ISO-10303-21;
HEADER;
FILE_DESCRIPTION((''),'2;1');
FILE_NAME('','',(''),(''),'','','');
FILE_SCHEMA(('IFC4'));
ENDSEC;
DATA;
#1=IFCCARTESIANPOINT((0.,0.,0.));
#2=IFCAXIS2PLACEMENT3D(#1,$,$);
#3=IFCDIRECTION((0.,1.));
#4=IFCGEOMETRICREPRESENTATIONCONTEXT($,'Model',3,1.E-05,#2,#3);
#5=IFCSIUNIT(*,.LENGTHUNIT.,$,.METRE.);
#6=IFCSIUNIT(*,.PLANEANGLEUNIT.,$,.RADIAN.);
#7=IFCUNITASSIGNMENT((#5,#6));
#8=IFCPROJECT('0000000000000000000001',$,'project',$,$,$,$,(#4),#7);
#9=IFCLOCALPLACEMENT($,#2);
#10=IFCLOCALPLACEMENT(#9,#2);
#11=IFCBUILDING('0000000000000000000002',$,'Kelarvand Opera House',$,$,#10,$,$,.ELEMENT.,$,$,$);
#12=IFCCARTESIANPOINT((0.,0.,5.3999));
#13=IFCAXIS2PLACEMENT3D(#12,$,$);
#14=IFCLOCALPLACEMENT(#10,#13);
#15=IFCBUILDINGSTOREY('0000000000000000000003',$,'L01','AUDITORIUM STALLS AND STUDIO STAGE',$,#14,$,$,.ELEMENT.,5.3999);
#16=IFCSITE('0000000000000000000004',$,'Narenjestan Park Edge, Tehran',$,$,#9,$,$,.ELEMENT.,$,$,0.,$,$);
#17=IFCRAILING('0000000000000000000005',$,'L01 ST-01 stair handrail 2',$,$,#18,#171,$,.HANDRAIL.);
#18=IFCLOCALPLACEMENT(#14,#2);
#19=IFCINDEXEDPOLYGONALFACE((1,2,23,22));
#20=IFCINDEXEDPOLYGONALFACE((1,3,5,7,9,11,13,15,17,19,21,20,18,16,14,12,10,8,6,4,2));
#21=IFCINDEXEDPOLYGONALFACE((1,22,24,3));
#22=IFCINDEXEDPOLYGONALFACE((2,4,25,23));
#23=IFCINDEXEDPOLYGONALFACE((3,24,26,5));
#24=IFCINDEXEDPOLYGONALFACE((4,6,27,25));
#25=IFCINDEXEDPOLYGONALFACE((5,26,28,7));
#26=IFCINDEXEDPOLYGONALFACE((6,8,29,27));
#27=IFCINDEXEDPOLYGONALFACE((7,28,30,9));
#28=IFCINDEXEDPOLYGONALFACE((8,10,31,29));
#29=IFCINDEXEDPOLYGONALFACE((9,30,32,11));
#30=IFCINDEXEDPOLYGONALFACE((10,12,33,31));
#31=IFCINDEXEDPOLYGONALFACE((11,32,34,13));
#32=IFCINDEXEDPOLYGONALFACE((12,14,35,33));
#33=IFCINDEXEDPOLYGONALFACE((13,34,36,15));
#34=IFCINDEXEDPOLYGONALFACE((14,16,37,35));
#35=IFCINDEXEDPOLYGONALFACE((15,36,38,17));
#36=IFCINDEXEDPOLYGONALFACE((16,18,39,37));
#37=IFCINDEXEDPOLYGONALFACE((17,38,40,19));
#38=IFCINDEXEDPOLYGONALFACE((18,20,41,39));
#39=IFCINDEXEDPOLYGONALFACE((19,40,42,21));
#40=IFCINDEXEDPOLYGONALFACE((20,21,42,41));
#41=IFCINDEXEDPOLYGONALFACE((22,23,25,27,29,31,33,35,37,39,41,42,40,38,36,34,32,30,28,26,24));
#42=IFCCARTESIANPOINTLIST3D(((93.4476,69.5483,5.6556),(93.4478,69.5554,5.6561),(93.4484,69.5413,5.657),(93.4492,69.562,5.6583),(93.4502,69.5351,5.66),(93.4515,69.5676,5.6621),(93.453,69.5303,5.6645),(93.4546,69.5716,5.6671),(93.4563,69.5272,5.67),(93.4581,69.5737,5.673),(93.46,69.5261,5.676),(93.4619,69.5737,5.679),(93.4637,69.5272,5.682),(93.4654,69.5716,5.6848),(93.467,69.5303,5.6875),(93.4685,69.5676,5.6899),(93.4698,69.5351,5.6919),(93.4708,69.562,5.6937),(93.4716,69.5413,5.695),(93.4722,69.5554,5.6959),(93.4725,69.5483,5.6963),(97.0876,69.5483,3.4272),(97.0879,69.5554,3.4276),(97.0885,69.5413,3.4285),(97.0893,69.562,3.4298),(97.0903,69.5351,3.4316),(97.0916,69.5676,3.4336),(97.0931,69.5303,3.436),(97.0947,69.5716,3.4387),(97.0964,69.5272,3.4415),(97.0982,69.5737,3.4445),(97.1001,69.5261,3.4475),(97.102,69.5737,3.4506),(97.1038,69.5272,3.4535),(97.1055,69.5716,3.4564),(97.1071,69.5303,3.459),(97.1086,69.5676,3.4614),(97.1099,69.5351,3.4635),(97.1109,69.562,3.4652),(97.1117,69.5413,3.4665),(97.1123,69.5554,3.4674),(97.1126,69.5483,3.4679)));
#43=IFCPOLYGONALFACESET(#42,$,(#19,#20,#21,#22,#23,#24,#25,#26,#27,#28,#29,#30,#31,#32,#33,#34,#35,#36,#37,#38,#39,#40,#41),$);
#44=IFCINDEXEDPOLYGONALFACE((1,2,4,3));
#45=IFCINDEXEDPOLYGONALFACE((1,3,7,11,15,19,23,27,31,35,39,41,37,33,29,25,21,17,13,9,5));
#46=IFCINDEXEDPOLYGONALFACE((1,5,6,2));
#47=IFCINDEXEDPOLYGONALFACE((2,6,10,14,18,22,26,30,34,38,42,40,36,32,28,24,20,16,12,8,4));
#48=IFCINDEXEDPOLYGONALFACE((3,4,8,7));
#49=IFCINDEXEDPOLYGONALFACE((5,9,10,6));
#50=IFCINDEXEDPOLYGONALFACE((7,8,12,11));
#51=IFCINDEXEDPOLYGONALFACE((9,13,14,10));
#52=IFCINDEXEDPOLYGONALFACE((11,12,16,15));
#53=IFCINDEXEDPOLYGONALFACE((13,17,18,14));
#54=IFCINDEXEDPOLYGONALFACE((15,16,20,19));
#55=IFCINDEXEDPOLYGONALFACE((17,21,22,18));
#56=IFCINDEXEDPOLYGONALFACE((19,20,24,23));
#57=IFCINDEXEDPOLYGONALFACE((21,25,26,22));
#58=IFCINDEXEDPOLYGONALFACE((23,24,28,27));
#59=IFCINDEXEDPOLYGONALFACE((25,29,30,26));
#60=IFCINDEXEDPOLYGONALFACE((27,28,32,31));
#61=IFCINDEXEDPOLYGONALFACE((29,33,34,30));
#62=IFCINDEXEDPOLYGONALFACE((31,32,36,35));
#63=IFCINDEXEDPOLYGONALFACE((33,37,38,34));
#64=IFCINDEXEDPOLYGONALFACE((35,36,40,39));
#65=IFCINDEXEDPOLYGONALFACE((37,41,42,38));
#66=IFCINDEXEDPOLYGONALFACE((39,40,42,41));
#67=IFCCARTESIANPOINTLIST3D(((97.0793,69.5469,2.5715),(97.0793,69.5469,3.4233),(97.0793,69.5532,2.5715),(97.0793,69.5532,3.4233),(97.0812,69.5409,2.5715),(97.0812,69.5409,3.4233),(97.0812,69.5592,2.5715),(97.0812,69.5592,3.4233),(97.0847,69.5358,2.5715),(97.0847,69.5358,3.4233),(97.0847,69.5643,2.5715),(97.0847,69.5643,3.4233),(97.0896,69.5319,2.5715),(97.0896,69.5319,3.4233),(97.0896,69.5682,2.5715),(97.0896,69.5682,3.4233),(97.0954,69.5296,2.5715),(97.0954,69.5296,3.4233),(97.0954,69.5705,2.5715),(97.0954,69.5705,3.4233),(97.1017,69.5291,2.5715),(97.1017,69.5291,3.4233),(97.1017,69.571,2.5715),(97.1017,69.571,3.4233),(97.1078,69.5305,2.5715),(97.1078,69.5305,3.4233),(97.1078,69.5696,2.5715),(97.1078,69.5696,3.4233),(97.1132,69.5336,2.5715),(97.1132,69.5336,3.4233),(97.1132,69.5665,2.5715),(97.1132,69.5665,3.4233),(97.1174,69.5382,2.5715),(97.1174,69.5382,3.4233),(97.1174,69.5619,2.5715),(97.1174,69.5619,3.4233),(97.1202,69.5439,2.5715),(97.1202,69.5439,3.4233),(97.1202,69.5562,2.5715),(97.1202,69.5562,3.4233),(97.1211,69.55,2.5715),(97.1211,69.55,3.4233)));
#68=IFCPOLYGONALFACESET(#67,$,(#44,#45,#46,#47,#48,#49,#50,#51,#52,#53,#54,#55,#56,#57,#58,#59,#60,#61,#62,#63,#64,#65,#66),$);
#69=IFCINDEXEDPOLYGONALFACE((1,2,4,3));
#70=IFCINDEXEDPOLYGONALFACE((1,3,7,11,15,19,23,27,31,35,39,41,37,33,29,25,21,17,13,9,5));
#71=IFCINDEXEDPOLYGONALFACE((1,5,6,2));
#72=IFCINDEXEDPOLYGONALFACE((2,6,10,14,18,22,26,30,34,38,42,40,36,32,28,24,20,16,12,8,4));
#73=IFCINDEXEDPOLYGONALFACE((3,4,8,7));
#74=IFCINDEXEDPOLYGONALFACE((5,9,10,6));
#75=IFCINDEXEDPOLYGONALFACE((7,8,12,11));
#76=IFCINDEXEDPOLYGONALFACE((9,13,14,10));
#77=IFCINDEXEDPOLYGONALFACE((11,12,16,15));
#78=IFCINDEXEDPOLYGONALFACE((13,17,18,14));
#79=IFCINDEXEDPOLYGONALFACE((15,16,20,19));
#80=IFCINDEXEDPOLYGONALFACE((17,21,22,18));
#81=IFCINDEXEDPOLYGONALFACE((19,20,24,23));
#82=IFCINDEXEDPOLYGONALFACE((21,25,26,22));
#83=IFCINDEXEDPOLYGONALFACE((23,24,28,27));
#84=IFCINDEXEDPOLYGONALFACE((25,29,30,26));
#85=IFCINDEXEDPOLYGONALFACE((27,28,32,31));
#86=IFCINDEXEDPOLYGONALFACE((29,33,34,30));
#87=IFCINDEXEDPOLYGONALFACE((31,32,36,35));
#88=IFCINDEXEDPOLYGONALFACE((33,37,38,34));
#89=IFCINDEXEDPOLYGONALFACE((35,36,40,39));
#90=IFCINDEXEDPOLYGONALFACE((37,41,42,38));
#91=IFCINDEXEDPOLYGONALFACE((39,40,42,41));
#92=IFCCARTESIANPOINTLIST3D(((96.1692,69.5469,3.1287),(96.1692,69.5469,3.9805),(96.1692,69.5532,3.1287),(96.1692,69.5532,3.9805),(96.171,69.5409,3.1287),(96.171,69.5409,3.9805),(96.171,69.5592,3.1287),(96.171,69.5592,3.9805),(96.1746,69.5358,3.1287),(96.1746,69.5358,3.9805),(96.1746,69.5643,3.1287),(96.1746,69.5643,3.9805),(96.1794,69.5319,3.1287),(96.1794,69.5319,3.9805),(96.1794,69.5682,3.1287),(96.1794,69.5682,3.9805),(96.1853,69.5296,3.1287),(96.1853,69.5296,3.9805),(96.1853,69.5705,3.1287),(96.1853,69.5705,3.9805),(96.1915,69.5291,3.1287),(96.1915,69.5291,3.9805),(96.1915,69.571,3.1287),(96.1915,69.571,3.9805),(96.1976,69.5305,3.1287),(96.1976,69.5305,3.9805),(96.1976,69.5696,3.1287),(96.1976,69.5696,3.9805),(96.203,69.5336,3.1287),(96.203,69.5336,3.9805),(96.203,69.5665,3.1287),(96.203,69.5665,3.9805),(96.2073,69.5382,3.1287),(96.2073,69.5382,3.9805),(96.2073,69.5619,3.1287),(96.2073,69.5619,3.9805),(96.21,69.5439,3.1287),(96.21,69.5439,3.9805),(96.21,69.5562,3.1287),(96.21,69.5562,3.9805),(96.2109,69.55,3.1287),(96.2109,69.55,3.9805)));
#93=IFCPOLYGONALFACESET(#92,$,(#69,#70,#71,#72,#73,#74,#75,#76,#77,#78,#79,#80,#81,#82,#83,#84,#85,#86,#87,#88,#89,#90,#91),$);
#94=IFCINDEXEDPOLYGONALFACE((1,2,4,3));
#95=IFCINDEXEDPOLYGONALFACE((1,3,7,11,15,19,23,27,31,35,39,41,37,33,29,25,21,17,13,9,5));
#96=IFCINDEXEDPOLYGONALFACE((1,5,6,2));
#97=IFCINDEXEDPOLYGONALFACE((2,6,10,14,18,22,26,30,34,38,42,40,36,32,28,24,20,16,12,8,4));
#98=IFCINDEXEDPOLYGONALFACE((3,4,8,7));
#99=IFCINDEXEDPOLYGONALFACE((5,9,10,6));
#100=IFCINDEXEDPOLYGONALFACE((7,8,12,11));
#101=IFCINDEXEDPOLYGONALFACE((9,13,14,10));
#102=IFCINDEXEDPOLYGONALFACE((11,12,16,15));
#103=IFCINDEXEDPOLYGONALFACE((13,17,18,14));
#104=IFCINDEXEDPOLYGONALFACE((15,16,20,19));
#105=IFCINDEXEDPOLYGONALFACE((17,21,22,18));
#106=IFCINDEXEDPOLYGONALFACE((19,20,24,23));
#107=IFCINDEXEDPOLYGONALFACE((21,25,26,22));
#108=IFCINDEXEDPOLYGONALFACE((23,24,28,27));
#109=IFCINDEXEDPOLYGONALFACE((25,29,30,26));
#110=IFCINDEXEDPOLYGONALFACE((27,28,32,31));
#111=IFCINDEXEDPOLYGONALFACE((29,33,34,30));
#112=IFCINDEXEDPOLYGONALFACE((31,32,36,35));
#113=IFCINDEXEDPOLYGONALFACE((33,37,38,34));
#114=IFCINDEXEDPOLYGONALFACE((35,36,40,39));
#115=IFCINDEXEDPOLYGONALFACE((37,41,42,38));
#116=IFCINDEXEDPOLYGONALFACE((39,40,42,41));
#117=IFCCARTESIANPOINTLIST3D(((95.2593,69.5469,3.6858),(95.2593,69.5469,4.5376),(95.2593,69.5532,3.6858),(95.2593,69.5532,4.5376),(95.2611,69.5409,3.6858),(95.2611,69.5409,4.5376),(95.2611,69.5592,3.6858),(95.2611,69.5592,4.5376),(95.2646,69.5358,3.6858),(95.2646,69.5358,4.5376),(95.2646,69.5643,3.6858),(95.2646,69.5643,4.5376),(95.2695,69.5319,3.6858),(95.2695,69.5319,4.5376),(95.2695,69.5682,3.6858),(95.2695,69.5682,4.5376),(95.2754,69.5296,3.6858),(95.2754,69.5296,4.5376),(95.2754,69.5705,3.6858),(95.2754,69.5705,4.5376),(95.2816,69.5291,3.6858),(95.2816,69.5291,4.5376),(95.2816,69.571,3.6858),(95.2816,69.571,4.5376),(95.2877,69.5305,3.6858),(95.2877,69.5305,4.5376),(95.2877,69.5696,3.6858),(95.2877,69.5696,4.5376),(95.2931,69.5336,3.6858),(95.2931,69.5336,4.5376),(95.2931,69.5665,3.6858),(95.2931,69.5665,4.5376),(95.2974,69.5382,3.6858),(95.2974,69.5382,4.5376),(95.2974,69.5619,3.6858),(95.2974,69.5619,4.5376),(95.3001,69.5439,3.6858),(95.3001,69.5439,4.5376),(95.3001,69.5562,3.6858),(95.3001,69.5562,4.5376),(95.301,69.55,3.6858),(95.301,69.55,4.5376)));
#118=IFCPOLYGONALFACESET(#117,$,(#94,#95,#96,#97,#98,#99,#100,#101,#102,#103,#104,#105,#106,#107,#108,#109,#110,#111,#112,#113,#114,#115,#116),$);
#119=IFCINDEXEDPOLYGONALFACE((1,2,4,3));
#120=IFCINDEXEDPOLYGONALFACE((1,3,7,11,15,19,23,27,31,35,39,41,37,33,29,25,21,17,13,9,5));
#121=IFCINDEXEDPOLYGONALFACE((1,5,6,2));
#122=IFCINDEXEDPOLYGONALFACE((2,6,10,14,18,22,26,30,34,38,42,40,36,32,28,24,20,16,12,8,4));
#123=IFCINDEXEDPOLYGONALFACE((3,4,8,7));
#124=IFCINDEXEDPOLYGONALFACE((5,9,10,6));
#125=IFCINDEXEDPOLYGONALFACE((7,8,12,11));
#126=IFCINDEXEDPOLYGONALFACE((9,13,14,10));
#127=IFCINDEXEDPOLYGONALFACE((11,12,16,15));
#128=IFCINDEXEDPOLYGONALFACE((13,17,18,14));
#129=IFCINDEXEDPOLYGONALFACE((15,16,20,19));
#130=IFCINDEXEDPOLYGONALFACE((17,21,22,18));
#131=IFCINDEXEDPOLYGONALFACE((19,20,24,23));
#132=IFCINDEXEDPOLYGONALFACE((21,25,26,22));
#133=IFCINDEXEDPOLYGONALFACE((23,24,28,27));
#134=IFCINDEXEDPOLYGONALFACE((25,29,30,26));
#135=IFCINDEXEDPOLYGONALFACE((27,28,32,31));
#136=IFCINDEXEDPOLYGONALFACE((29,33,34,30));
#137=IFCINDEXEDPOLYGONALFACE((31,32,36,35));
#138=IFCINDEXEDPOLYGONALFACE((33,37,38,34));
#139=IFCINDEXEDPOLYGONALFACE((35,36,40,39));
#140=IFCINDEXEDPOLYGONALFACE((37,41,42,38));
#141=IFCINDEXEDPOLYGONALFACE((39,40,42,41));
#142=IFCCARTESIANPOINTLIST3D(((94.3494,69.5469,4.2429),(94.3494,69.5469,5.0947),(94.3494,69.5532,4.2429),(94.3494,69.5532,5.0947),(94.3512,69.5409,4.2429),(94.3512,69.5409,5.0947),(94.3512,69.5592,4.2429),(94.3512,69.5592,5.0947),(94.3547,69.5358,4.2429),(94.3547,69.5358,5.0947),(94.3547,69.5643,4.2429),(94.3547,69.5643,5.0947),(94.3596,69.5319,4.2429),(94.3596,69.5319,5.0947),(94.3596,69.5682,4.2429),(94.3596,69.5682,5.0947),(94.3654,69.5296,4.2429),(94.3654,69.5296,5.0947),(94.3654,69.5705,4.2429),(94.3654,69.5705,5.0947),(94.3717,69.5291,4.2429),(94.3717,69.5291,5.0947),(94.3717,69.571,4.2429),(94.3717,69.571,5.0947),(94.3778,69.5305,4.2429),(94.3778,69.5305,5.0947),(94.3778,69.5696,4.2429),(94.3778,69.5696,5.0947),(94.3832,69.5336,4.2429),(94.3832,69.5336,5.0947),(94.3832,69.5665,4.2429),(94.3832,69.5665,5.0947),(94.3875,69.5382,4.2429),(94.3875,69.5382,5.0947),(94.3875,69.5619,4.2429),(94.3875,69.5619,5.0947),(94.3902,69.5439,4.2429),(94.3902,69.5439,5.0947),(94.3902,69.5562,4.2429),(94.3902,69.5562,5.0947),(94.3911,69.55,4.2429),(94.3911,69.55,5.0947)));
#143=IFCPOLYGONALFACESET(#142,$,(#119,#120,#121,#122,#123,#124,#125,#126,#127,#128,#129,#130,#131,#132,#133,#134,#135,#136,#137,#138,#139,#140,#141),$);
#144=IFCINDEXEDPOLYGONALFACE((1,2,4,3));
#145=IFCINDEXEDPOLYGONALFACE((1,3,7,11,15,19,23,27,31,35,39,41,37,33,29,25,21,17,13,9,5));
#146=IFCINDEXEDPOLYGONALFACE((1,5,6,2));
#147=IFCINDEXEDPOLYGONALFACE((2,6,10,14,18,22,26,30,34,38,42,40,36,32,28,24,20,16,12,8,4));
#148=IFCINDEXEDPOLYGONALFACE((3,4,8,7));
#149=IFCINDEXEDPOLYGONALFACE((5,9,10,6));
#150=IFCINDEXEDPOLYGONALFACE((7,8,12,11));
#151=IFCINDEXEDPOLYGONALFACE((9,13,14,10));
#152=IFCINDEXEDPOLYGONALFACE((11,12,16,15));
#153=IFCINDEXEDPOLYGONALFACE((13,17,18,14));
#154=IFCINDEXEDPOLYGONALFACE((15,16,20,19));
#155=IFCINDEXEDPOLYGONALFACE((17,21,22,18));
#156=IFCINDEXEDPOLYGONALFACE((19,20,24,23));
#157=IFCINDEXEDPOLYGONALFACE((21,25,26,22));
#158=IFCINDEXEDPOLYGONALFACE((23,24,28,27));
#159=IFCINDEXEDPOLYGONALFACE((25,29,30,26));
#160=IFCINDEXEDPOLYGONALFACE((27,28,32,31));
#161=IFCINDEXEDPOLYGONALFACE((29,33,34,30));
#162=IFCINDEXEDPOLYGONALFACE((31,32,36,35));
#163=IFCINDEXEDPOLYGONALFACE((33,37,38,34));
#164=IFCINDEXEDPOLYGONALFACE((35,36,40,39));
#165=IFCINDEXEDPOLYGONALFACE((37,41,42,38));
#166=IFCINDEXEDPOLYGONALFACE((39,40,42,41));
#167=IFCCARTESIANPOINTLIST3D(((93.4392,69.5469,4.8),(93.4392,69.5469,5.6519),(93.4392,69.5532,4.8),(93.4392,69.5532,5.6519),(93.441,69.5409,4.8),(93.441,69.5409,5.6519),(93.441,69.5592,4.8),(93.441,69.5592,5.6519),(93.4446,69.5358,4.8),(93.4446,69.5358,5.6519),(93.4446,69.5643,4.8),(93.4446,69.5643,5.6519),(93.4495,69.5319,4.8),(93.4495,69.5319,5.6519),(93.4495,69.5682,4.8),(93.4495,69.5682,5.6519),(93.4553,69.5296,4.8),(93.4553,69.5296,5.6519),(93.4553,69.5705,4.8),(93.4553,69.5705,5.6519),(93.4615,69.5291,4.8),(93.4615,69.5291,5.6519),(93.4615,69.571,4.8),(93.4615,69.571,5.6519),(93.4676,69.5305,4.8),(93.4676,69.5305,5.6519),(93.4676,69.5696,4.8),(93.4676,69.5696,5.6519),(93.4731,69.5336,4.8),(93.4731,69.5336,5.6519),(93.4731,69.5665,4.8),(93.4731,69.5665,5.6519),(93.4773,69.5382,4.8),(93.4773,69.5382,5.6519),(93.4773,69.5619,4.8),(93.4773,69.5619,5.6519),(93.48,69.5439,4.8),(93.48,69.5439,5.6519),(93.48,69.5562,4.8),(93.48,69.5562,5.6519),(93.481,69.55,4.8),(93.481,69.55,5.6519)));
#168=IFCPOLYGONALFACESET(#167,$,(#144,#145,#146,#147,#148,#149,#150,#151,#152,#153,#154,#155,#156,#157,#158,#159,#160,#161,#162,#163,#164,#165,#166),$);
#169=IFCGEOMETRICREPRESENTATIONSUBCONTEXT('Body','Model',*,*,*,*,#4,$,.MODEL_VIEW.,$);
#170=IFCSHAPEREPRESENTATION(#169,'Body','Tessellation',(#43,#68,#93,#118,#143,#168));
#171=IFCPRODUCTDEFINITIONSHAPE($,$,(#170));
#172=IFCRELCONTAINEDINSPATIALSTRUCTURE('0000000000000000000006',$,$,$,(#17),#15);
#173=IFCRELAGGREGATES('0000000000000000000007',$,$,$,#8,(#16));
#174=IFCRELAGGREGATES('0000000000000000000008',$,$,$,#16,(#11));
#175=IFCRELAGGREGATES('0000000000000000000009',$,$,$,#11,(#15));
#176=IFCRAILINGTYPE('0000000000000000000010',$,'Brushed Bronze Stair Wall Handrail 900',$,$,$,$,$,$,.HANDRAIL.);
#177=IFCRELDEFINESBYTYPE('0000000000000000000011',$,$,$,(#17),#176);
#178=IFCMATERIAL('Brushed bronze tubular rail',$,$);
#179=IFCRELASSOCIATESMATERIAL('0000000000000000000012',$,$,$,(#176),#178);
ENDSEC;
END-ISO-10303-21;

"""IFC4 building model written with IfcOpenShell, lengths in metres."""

from ifc_helpers import new_model, si_unit, direction, frame, origin, origin_2d, place, context, subcontext, project, spatial, circle, extrude, material, type_object, element, save


model = new_model("IFC4")

# Units and contexts
model_context = context("Model", 3, precision=1e-05, world=origin(), true_north=direction((0.0, 1.0)))
body_context = subcontext(model_context, "Body", "Model", "MODEL_VIEW")
ifc_project = project(units=[si_unit("LENGTHUNIT", "METRE"), si_unit("PLANEANGLEUNIT", "RADIAN")], contexts=[model_context])

# Site, building, storey
site_placement = place(None, origin())
site = spatial("IfcSite", under=ifc_project, at=site_placement, Name="Narenjestan Park Edge, Tehran", CompositionType="ELEMENT", RefElevation=0.0)
building_placement = place(site_placement, origin())
building = spatial("IfcBuilding", under=site, at=building_placement, Name="Kelarvand Opera House", CompositionType="ELEMENT")
storey_placement = place(building_placement, frame((0.0, 0.0, 5.3999)))
storey = spatial("IfcBuildingStorey", under=building, at=storey_placement, Name="L01", Description="AUDITORIUM STALLS AND STUDIO STAGE", CompositionType="ELEMENT", Elevation=5.3999)

# Railing
ifc_material_1 = material(Name="Brushed bronze tubular rail")
railing_type = type_object("IfcRailingType", Name="Brushed Bronze Stair Wall Handrail 900", PredefinedType="HANDRAIL", material=ifc_material_1)
railing_placement = place(storey_placement, frame((97.1001, 69.55, 2.5715)))
element("IfcRailing", 1, at=railing_placement, inside=storey, type_object=railing_type, Name="L01 ST-01 stair handrail 2", PredefinedType="HANDRAIL", context=body_context, shape_type="SweptSolid", body=[
    extrude(circle(Radius=0.0239, at=origin_2d()), frame((0.0, 0.0, 0.876), z_axis=(-0.852866, 0.0, 0.52213), x_axis=(0.0, -1.0, 0.0)), (0.0, 0.0, 1.0), 4.2681),
    extrude(circle(Radius=0.021, at=origin_2d()), origin(), (0.0, 0.0, 1.0), 0.8518),
    extrude(circle(Radius=0.021, at=origin_2d()), frame((-0.9102, 0.0, 0.5571)), (0.0, 0.0, 1.0), 0.8518),
    extrude(circle(Radius=0.021, at=origin_2d()), frame((-1.8201, 0.0, 1.1143)), (0.0, 0.0, 1.0), 0.8518),
    extrude(circle(Radius=0.021, at=origin_2d()), frame((-2.73, 0.0, 1.6714)), (0.0, 0.0, 1.0), 0.8518),
    extrude(circle(Radius=0.021, at=origin_2d()), frame((-3.6401, 0.0, 2.2285)), (0.0, 0.0, 1.0), 0.8518),
])

save(model, "model.ifc")
